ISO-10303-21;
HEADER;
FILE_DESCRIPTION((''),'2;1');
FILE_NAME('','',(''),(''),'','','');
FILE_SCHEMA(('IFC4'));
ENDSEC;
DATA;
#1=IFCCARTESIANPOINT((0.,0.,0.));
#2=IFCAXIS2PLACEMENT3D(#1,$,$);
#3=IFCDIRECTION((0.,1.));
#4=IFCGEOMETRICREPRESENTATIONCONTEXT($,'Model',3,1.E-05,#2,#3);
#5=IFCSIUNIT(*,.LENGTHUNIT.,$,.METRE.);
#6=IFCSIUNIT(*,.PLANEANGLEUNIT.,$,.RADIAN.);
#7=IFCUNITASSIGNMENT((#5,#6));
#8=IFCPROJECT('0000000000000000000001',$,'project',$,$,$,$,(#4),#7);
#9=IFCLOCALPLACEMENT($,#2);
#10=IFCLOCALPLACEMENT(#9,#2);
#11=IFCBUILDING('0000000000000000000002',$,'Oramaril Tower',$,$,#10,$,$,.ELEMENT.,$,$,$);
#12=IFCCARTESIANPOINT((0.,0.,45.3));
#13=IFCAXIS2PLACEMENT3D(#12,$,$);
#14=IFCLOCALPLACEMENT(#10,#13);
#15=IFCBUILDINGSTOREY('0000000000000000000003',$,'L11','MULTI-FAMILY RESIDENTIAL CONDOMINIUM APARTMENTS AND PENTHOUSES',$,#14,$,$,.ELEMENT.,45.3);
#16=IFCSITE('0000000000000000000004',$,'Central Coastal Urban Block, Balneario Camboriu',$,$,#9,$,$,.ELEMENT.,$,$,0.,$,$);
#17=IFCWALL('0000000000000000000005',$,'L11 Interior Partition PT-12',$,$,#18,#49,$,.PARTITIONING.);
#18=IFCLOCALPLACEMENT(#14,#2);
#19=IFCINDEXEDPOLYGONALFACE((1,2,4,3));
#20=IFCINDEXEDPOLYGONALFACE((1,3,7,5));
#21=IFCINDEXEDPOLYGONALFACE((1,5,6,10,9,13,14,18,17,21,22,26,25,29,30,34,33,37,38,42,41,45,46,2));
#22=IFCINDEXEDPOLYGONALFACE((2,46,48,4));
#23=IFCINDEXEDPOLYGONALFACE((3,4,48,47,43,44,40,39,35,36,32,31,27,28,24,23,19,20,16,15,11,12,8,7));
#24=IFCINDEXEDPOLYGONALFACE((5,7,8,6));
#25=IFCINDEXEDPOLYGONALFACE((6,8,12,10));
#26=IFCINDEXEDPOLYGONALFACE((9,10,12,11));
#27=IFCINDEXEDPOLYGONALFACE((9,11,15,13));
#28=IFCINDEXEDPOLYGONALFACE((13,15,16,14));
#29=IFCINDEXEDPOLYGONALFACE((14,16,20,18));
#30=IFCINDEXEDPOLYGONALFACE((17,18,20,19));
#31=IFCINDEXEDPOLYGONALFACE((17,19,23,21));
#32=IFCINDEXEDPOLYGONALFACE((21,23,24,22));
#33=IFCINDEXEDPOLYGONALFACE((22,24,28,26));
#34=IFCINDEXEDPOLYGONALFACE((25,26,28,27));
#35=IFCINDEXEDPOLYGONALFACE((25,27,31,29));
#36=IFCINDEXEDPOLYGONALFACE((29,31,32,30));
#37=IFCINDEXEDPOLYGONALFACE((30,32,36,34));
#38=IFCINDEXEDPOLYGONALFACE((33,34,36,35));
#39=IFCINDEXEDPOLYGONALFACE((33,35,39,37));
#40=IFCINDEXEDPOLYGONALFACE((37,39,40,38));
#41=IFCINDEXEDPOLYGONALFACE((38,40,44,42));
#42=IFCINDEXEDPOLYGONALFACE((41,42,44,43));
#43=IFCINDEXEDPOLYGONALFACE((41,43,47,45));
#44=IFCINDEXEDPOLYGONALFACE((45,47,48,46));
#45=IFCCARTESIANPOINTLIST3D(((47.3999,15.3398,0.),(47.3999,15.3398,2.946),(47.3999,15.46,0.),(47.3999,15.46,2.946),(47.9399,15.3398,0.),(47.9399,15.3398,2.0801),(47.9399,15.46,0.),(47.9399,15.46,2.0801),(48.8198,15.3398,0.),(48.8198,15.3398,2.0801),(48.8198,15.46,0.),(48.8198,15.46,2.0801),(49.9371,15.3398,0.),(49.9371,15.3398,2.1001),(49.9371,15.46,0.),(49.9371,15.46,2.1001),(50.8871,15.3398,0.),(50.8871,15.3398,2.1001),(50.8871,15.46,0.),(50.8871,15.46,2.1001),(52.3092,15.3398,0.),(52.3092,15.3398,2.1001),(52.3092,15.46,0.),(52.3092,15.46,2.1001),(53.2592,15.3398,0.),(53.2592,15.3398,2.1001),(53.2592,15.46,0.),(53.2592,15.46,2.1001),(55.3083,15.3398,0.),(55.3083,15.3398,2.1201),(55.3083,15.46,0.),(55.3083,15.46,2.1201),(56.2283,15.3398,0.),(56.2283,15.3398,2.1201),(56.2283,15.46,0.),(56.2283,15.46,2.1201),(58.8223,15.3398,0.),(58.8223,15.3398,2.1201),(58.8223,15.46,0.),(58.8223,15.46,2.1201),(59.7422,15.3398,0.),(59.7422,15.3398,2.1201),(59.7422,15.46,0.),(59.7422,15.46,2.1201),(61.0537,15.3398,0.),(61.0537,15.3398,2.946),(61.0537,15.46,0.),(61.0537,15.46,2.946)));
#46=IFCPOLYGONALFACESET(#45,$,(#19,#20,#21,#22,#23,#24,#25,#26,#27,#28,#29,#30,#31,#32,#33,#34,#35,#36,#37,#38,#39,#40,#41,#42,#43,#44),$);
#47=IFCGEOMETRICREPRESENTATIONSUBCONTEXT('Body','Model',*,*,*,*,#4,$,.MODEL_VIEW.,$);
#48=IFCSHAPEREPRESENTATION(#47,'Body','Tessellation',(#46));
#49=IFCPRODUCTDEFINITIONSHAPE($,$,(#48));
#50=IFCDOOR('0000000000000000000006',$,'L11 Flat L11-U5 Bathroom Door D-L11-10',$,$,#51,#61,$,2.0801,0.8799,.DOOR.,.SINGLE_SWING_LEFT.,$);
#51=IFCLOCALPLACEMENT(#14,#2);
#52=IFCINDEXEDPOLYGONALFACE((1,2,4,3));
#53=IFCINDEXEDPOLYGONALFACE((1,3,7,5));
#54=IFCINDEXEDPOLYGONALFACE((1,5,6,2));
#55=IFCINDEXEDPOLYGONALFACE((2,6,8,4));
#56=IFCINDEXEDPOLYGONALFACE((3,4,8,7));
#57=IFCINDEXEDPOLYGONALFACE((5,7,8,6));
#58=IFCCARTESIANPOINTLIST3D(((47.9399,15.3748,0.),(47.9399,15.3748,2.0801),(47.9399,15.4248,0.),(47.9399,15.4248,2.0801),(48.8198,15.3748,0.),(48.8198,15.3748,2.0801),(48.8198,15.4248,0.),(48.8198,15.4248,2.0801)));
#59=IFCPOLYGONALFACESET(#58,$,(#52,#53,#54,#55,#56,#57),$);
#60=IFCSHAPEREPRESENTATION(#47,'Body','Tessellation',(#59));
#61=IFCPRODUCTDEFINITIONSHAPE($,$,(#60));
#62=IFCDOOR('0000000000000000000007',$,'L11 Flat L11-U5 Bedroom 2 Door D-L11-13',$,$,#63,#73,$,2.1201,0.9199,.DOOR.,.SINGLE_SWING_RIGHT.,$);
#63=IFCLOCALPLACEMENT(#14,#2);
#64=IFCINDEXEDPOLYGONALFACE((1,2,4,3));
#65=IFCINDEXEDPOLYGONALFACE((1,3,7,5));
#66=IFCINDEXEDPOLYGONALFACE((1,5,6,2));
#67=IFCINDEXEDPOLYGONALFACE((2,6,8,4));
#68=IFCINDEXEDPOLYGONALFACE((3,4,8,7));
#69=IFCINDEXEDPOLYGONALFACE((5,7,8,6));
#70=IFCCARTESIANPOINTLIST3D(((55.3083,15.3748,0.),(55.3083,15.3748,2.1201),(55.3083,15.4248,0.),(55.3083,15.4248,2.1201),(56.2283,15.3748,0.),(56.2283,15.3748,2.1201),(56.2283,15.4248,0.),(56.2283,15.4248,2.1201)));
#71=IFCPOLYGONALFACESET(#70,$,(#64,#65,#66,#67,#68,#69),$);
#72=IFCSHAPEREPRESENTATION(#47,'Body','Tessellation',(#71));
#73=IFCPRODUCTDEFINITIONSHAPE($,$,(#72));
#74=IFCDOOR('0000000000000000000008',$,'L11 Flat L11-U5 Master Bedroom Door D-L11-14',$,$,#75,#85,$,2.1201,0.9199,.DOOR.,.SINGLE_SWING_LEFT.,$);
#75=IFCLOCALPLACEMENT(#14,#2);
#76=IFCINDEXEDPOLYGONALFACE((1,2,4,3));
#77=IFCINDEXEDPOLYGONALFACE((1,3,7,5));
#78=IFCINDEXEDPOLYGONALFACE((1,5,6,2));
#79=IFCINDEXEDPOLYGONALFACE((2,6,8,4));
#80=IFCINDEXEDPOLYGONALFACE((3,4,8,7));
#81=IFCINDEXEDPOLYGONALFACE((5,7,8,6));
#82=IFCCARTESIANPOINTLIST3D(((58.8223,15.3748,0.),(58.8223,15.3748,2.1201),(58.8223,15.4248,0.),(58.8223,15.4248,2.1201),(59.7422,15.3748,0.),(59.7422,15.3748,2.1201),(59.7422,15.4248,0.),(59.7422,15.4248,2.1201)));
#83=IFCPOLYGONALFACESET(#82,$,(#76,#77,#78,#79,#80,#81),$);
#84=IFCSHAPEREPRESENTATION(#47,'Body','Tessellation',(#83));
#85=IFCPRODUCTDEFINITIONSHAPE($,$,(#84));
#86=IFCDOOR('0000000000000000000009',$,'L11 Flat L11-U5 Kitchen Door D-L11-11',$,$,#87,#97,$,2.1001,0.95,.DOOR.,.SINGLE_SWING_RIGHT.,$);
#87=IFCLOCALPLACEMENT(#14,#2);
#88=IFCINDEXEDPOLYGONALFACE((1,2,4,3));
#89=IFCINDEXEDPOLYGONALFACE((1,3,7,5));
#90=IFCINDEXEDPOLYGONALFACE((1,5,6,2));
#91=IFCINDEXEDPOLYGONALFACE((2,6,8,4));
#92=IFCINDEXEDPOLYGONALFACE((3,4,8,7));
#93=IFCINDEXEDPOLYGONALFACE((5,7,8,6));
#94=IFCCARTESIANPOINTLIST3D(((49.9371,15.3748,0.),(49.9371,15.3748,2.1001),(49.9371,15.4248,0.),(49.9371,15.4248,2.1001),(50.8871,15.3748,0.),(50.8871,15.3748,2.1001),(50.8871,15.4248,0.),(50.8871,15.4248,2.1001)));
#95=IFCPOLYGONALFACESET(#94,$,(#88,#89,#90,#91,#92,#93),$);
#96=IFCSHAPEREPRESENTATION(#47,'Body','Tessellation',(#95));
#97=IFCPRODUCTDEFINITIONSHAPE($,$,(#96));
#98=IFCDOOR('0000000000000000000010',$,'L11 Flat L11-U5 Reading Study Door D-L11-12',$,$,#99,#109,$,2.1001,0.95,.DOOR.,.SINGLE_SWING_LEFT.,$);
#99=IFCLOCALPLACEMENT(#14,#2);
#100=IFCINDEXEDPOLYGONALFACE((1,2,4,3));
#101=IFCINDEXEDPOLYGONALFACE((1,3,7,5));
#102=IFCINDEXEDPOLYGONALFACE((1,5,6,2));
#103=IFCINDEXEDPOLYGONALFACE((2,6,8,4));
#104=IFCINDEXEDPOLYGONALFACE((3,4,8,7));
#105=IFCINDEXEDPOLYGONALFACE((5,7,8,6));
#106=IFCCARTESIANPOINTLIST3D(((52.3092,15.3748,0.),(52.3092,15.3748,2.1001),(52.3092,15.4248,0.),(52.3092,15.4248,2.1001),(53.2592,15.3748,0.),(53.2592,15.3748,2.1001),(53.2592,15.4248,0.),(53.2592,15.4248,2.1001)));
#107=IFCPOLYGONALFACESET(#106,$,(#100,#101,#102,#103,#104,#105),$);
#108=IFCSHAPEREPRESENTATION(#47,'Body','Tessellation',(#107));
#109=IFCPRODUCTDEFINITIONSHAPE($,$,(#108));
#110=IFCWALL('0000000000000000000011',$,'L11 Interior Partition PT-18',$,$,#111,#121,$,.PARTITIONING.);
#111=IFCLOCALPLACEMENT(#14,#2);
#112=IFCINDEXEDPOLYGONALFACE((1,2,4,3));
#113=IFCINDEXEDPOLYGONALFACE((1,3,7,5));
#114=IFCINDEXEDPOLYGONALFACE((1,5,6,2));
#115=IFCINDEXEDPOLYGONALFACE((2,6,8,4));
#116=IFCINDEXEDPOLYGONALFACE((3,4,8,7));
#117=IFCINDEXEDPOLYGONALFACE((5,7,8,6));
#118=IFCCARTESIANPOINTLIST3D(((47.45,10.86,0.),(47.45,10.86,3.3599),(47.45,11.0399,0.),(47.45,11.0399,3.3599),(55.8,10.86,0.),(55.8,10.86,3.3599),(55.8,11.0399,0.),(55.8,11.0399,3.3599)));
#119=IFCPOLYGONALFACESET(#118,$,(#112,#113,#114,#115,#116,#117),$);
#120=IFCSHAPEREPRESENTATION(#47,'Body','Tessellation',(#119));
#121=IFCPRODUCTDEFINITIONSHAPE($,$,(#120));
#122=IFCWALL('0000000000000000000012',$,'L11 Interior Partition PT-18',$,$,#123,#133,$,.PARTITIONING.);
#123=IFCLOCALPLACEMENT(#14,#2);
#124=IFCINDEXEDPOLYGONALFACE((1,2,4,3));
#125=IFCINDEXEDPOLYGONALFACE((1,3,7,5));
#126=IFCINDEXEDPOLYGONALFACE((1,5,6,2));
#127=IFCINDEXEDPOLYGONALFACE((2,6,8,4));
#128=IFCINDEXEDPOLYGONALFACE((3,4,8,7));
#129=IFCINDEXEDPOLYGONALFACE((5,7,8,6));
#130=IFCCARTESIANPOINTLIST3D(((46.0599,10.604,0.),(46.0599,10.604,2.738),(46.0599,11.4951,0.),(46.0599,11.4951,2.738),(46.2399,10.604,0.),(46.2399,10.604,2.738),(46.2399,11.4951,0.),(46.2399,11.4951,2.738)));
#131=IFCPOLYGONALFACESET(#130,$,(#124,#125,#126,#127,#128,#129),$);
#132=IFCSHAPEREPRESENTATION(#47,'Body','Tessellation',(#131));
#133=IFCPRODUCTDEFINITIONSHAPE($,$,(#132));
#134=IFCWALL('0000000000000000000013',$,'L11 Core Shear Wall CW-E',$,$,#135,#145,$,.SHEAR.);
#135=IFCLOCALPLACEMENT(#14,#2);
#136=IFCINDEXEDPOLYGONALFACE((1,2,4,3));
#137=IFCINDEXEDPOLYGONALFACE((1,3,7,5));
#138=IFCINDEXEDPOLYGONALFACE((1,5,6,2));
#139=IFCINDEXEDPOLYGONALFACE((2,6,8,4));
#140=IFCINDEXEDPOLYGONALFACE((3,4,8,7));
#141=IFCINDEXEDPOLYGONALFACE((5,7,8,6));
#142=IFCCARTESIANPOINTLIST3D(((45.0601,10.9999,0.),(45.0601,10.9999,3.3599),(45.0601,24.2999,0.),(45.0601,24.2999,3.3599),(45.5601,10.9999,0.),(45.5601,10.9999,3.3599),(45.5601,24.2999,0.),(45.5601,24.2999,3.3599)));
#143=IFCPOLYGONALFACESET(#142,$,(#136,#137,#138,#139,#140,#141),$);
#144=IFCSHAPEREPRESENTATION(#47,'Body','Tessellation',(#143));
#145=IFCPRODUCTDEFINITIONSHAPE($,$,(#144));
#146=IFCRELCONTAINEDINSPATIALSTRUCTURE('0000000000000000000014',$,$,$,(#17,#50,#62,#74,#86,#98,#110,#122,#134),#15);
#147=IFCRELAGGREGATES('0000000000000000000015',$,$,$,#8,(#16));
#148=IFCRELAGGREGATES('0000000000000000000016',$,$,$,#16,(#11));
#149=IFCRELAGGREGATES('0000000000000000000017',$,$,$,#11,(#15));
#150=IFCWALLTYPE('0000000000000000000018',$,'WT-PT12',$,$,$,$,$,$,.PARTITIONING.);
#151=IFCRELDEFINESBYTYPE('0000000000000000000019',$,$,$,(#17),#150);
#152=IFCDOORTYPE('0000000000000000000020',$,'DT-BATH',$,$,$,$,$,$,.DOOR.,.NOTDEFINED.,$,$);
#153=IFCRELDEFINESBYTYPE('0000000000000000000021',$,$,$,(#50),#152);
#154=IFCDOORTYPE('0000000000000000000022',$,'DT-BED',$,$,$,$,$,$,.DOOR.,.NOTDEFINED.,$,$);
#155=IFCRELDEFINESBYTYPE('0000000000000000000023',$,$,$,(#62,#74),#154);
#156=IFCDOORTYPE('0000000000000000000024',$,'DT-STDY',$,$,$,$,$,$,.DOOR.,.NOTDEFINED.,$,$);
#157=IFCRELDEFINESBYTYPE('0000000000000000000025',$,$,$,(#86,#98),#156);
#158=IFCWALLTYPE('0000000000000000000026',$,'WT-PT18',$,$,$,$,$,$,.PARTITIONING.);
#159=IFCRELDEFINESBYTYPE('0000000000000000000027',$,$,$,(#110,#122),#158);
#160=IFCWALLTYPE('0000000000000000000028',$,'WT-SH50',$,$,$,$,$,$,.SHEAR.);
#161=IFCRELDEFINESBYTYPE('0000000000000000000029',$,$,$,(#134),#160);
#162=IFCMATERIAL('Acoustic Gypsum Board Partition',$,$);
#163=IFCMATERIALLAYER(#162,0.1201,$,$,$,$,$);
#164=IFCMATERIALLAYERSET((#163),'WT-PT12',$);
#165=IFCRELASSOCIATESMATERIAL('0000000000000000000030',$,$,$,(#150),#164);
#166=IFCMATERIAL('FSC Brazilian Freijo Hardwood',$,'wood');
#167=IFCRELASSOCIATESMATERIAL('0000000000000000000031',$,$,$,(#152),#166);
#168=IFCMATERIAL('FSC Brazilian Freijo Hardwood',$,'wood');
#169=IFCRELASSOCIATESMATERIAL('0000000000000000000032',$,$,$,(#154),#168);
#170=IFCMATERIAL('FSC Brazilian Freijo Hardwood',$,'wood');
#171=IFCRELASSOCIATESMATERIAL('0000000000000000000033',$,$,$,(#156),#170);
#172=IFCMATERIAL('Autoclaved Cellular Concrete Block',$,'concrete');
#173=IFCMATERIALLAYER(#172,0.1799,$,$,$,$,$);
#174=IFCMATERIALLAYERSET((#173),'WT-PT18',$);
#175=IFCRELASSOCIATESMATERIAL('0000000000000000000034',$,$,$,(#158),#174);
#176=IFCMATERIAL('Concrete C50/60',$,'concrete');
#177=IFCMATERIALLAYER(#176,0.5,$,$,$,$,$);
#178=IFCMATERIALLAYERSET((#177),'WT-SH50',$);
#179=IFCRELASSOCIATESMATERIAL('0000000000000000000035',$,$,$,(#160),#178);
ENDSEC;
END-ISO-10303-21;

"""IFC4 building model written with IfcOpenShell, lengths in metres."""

from ifc_helpers import new_model, si_unit, direction, frame, frame_2d, origin, place, context, subcontext, project, spatial, rectangle, extrude, material, layer, layer_set, type_object, element, fill, save


model = new_model("IFC4")

# Units and contexts
model_context = context("Model", 3, precision=1e-05, world=origin(), true_north=direction((0.0, 1.0)))
body_context = subcontext(model_context, "Body", "Model", "MODEL_VIEW")
ifc_project = project(units=[si_unit("LENGTHUNIT", "METRE"), si_unit("PLANEANGLEUNIT", "RADIAN")], contexts=[model_context])

# Site, building, storey
site_placement = place(None, origin())
site = spatial("IfcSite", under=ifc_project, at=site_placement, Name="Central Coastal Urban Block, Balneario Camboriu", CompositionType="ELEMENT", RefElevation=0.0)
building_placement = place(site_placement, origin())
building = spatial("IfcBuilding", under=site, at=building_placement, Name="Oramaril Tower", CompositionType="ELEMENT")
storey_placement = place(building_placement, frame((0.0, 0.0, 45.3)))
storey = spatial("IfcBuildingStorey", under=building, at=storey_placement, Name="L11", Description="MULTI-FAMILY RESIDENTIAL CONDOMINIUM APARTMENTS AND PENTHOUSES", CompositionType="ELEMENT", Elevation=45.3)

# Wall, openings, doors
ifc_material_1 = material(Name="Acoustic Gypsum Board Partition")
ifc_layer_1 = layer(ifc_material_1, 0.1201)
ifc_layer_set_1 = layer_set([ifc_layer_1], Name="WT-PT12")
wall_type_1 = type_object("IfcWallType", Name="WT-PT12", PredefinedType="PARTITIONING", material=ifc_layer_set_1)
wall_1_placement = place(storey_placement, frame((47.3999, 15.3999, 0.0), z_axis=(0.0, 0.0, 1.0), x_axis=(1.0, 0.0, 0.0)))
wall_1 = element("IfcWall", 1, at=wall_1_placement, inside=storey, type_object=wall_type_1, Name="L11 Interior Partition PT-12", PredefinedType="PARTITIONING", context=body_context, shape_type="SweptSolid", body=[
    extrude(rectangle(XDim=13.6538, YDim=0.1201, at=frame_2d((6.8269, 0.0))), origin(), (0.0, 0.0, 1.0), 2.946),
])
opening_1_placement = place(wall_1_placement, frame((0.54, 0.0, 0.0)))
opening_1 = element("IfcOpeningElement", 2, at=opening_1_placement, cuts=wall_1, PredefinedType="OPENING", context=body_context, shape_type="SweptSolid", body=[
    extrude(rectangle(XDim=0.8799, YDim=2.0801, at=frame_2d((0.4399, 1.04))), frame((0.0, 0.0601, 0.0), z_axis=(0.0, -1.0, 0.0), x_axis=(1.0, 0.0, 0.0)), (0.0, 0.0, 1.0), 0.1201),
])
opening_2_placement = place(wall_1_placement, frame((2.5371, 0.0, 0.0)))
opening_2 = element("IfcOpeningElement", 3, at=opening_2_placement, cuts=wall_1, PredefinedType="OPENING", context=body_context, shape_type="SweptSolid", body=[
    extrude(rectangle(XDim=0.95, YDim=2.1001, at=frame_2d((0.4751, 1.05))), frame((0.0, 0.0601, 0.0), z_axis=(0.0, -1.0, 0.0), x_axis=(1.0, 0.0, 0.0)), (0.0, 0.0, 1.0), 0.1201),
])
opening_3_placement = place(wall_1_placement, frame((4.9092, 0.0, 0.0)))
opening_3 = element("IfcOpeningElement", 4, at=opening_3_placement, cuts=wall_1, PredefinedType="OPENING", context=body_context, shape_type="SweptSolid", body=[
    extrude(rectangle(XDim=0.95, YDim=2.1001, at=frame_2d((0.4751, 1.05))), frame((0.0, 0.0601, 0.0), z_axis=(0.0, -1.0, 0.0), x_axis=(1.0, 0.0, 0.0)), (0.0, 0.0, 1.0), 0.1201),
])
opening_4_placement = place(wall_1_placement, frame((7.9084, 0.0, 0.0)))
opening_4 = element("IfcOpeningElement", 5, at=opening_4_placement, cuts=wall_1, PredefinedType="OPENING", context=body_context, shape_type="SweptSolid", body=[
    extrude(rectangle(XDim=0.9199, YDim=2.1201, at=frame_2d((0.46, 1.0601))), frame((0.0, 0.0601, 0.0), z_axis=(0.0, -1.0, 0.0), x_axis=(1.0, 0.0, 0.0)), (0.0, 0.0, 1.0), 0.1201),
])
opening_5_placement = place(wall_1_placement, frame((11.4224, 0.0, 0.0)))
opening_5 = element("IfcOpeningElement", 6, at=opening_5_placement, cuts=wall_1, PredefinedType="OPENING", context=body_context, shape_type="SweptSolid", body=[
    extrude(rectangle(XDim=0.9199, YDim=2.1201, at=frame_2d((0.46, 1.0601))), frame((0.0, 0.0601, 0.0), z_axis=(0.0, -1.0, 0.0), x_axis=(1.0, 0.0, 0.0)), (0.0, 0.0, 1.0), 0.1201),
])
ifc_material_2 = material(Name="FSC Brazilian Freijo Hardwood", Category="wood")
door_type_1 = type_object("IfcDoorType", Name="DT-BATH", OperationType="NOTDEFINED", PredefinedType="DOOR", material=ifc_material_2)
door_1_placement = place(opening_1_placement, origin())
door_1 = element("IfcDoor", 7, at=door_1_placement, inside=storey, type_object=door_type_1, Name="L11 Flat L11-U5 Bathroom Door D-L11-10", OperationType="SINGLE_SWING_LEFT", OverallHeight=2.0801, OverallWidth=0.8799, PredefinedType="DOOR", context=body_context, shape_type="SweptSolid", body=[
    extrude(rectangle(XDim=0.8799, YDim=2.0801, at=frame_2d((0.4399, 1.04))), frame((0.0, 0.0249, 0.0), z_axis=(0.0, -1.0, 0.0), x_axis=(1.0, 0.0, 0.0)), (0.0, 0.0, 1.0), 0.05),
])
fill(opening_1, door_1)
ifc_material_3 = material(Name="FSC Brazilian Freijo Hardwood", Category="wood")
door_type_2 = type_object("IfcDoorType", Name="DT-BED", OperationType="NOTDEFINED", PredefinedType="DOOR", material=ifc_material_3)
door_2_placement = place(opening_4_placement, origin())
door_2 = element("IfcDoor", 8, at=door_2_placement, inside=storey, type_object=door_type_2, Name="L11 Flat L11-U5 Bedroom 2 Door D-L11-13", OperationType="SINGLE_SWING_RIGHT", OverallHeight=2.1201, OverallWidth=0.9199, PredefinedType="DOOR", context=body_context, shape_type="SweptSolid", body=[
    extrude(rectangle(XDim=0.9199, YDim=2.1201, at=frame_2d((0.46, 1.0601))), frame((0.0, 0.0249, 0.0), z_axis=(0.0, -1.0, 0.0), x_axis=(1.0, 0.0, 0.0)), (0.0, 0.0, 1.0), 0.05),
])
fill(opening_4, door_2)
door_3_placement = place(opening_5_placement, origin())
door_3 = element("IfcDoor", 9, at=door_3_placement, inside=storey, type_object=door_type_2, Name="L11 Flat L11-U5 Master Bedroom Door D-L11-14", OperationType="SINGLE_SWING_LEFT", OverallHeight=2.1201, OverallWidth=0.9199, PredefinedType="DOOR", context=body_context, shape_type="SweptSolid", body=[
    extrude(rectangle(XDim=0.9199, YDim=2.1201, at=frame_2d((0.46, 1.0601))), frame((0.0, 0.0249, 0.0), z_axis=(0.0, -1.0, 0.0), x_axis=(1.0, 0.0, 0.0)), (0.0, 0.0, 1.0), 0.05),
])
fill(opening_5, door_3)
ifc_material_4 = material(Name="FSC Brazilian Freijo Hardwood", Category="wood")
door_type_3 = type_object("IfcDoorType", Name="DT-STDY", OperationType="NOTDEFINED", PredefinedType="DOOR", material=ifc_material_4)
door_4_placement = place(opening_2_placement, origin())
door_4 = element("IfcDoor", 10, at=door_4_placement, inside=storey, type_object=door_type_3, Name="L11 Flat L11-U5 Kitchen Door D-L11-11", OperationType="SINGLE_SWING_RIGHT", OverallHeight=2.1001, OverallWidth=0.95, PredefinedType="DOOR", context=body_context, shape_type="SweptSolid", body=[
    extrude(rectangle(XDim=0.95, YDim=2.1001, at=frame_2d((0.4751, 1.05))), frame((0.0, 0.0249, 0.0), z_axis=(0.0, -1.0, 0.0), x_axis=(1.0, 0.0, 0.0)), (0.0, 0.0, 1.0), 0.05),
])
fill(opening_2, door_4)
door_5_placement = place(opening_3_placement, origin())
door_5 = element("IfcDoor", 11, at=door_5_placement, inside=storey, type_object=door_type_3, Name="L11 Flat L11-U5 Reading Study Door D-L11-12", OperationType="SINGLE_SWING_LEFT", OverallHeight=2.1001, OverallWidth=0.95, PredefinedType="DOOR", context=body_context, shape_type="SweptSolid", body=[
    extrude(rectangle(XDim=0.95, YDim=2.1001, at=frame_2d((0.4751, 1.05))), frame((0.0, 0.0249, 0.0), z_axis=(0.0, -1.0, 0.0), x_axis=(1.0, 0.0, 0.0)), (0.0, 0.0, 1.0), 0.05),
])
fill(opening_3, door_5)

# Walls
ifc_material_5 = material(Name="Autoclaved Cellular Concrete Block", Category="concrete")
ifc_layer_2 = layer(ifc_material_5, 0.1799)
ifc_layer_set_2 = layer_set([ifc_layer_2], Name="WT-PT18")
wall_type_2 = type_object("IfcWallType", Name="WT-PT18", PredefinedType="PARTITIONING", material=ifc_layer_set_2)
wall_2_placement = place(storey_placement, frame((47.45, 10.95, 0.0), z_axis=(0.0, 0.0, 1.0), x_axis=(1.0, 0.0, 0.0)))
element("IfcWall", 12, at=wall_2_placement, inside=storey, type_object=wall_type_2, Name="L11 Interior Partition PT-18", PredefinedType="PARTITIONING", context=body_context, shape_type="SweptSolid", body=[
    extrude(rectangle(XDim=8.3501, YDim=0.1799, at=frame_2d((4.175, 0.0))), origin(), (0.0, 0.0, 1.0), 3.3599),
])
wall_3_placement = place(storey_placement, frame((46.1499, 10.604, 0.0), z_axis=(0.0, 0.0, 1.0), x_axis=(0.0, 1.0, 0.0)))
element("IfcWall", 13, at=wall_3_placement, inside=storey, type_object=wall_type_2, Name="L11 Interior Partition PT-18", PredefinedType="PARTITIONING", context=body_context, shape_type="SweptSolid", body=[
    extrude(rectangle(XDim=0.8911, YDim=0.1799, at=frame_2d((0.4456, 0.0))), origin(), (0.0, 0.0, 1.0), 2.738),
])
ifc_material_6 = material(Name="Concrete C50/60", Category="concrete")
ifc_layer_3 = layer(ifc_material_6, 0.5)
ifc_layer_set_3 = layer_set([ifc_layer_3], Name="WT-SH50")
wall_type_3 = type_object("IfcWallType", Name="WT-SH50", PredefinedType="SHEAR", material=ifc_layer_set_3)
wall_4_placement = place(storey_placement, frame((45.3101, 11.0, 0.0), z_axis=(0.0, 0.0, 1.0), x_axis=(0.0, 1.0, 0.0)))
element("IfcWall", 14, at=wall_4_placement, inside=storey, type_object=wall_type_3, Name="L11 Core Shear Wall CW-E", PredefinedType="SHEAR", context=body_context, shape_type="SweptSolid", body=[
    extrude(rectangle(XDim=13.3, YDim=0.5, at=frame_2d((6.6499, 0.0))), origin(), (0.0, 0.0, 1.0), 3.3599),
])

save(model, "model.ifc")
